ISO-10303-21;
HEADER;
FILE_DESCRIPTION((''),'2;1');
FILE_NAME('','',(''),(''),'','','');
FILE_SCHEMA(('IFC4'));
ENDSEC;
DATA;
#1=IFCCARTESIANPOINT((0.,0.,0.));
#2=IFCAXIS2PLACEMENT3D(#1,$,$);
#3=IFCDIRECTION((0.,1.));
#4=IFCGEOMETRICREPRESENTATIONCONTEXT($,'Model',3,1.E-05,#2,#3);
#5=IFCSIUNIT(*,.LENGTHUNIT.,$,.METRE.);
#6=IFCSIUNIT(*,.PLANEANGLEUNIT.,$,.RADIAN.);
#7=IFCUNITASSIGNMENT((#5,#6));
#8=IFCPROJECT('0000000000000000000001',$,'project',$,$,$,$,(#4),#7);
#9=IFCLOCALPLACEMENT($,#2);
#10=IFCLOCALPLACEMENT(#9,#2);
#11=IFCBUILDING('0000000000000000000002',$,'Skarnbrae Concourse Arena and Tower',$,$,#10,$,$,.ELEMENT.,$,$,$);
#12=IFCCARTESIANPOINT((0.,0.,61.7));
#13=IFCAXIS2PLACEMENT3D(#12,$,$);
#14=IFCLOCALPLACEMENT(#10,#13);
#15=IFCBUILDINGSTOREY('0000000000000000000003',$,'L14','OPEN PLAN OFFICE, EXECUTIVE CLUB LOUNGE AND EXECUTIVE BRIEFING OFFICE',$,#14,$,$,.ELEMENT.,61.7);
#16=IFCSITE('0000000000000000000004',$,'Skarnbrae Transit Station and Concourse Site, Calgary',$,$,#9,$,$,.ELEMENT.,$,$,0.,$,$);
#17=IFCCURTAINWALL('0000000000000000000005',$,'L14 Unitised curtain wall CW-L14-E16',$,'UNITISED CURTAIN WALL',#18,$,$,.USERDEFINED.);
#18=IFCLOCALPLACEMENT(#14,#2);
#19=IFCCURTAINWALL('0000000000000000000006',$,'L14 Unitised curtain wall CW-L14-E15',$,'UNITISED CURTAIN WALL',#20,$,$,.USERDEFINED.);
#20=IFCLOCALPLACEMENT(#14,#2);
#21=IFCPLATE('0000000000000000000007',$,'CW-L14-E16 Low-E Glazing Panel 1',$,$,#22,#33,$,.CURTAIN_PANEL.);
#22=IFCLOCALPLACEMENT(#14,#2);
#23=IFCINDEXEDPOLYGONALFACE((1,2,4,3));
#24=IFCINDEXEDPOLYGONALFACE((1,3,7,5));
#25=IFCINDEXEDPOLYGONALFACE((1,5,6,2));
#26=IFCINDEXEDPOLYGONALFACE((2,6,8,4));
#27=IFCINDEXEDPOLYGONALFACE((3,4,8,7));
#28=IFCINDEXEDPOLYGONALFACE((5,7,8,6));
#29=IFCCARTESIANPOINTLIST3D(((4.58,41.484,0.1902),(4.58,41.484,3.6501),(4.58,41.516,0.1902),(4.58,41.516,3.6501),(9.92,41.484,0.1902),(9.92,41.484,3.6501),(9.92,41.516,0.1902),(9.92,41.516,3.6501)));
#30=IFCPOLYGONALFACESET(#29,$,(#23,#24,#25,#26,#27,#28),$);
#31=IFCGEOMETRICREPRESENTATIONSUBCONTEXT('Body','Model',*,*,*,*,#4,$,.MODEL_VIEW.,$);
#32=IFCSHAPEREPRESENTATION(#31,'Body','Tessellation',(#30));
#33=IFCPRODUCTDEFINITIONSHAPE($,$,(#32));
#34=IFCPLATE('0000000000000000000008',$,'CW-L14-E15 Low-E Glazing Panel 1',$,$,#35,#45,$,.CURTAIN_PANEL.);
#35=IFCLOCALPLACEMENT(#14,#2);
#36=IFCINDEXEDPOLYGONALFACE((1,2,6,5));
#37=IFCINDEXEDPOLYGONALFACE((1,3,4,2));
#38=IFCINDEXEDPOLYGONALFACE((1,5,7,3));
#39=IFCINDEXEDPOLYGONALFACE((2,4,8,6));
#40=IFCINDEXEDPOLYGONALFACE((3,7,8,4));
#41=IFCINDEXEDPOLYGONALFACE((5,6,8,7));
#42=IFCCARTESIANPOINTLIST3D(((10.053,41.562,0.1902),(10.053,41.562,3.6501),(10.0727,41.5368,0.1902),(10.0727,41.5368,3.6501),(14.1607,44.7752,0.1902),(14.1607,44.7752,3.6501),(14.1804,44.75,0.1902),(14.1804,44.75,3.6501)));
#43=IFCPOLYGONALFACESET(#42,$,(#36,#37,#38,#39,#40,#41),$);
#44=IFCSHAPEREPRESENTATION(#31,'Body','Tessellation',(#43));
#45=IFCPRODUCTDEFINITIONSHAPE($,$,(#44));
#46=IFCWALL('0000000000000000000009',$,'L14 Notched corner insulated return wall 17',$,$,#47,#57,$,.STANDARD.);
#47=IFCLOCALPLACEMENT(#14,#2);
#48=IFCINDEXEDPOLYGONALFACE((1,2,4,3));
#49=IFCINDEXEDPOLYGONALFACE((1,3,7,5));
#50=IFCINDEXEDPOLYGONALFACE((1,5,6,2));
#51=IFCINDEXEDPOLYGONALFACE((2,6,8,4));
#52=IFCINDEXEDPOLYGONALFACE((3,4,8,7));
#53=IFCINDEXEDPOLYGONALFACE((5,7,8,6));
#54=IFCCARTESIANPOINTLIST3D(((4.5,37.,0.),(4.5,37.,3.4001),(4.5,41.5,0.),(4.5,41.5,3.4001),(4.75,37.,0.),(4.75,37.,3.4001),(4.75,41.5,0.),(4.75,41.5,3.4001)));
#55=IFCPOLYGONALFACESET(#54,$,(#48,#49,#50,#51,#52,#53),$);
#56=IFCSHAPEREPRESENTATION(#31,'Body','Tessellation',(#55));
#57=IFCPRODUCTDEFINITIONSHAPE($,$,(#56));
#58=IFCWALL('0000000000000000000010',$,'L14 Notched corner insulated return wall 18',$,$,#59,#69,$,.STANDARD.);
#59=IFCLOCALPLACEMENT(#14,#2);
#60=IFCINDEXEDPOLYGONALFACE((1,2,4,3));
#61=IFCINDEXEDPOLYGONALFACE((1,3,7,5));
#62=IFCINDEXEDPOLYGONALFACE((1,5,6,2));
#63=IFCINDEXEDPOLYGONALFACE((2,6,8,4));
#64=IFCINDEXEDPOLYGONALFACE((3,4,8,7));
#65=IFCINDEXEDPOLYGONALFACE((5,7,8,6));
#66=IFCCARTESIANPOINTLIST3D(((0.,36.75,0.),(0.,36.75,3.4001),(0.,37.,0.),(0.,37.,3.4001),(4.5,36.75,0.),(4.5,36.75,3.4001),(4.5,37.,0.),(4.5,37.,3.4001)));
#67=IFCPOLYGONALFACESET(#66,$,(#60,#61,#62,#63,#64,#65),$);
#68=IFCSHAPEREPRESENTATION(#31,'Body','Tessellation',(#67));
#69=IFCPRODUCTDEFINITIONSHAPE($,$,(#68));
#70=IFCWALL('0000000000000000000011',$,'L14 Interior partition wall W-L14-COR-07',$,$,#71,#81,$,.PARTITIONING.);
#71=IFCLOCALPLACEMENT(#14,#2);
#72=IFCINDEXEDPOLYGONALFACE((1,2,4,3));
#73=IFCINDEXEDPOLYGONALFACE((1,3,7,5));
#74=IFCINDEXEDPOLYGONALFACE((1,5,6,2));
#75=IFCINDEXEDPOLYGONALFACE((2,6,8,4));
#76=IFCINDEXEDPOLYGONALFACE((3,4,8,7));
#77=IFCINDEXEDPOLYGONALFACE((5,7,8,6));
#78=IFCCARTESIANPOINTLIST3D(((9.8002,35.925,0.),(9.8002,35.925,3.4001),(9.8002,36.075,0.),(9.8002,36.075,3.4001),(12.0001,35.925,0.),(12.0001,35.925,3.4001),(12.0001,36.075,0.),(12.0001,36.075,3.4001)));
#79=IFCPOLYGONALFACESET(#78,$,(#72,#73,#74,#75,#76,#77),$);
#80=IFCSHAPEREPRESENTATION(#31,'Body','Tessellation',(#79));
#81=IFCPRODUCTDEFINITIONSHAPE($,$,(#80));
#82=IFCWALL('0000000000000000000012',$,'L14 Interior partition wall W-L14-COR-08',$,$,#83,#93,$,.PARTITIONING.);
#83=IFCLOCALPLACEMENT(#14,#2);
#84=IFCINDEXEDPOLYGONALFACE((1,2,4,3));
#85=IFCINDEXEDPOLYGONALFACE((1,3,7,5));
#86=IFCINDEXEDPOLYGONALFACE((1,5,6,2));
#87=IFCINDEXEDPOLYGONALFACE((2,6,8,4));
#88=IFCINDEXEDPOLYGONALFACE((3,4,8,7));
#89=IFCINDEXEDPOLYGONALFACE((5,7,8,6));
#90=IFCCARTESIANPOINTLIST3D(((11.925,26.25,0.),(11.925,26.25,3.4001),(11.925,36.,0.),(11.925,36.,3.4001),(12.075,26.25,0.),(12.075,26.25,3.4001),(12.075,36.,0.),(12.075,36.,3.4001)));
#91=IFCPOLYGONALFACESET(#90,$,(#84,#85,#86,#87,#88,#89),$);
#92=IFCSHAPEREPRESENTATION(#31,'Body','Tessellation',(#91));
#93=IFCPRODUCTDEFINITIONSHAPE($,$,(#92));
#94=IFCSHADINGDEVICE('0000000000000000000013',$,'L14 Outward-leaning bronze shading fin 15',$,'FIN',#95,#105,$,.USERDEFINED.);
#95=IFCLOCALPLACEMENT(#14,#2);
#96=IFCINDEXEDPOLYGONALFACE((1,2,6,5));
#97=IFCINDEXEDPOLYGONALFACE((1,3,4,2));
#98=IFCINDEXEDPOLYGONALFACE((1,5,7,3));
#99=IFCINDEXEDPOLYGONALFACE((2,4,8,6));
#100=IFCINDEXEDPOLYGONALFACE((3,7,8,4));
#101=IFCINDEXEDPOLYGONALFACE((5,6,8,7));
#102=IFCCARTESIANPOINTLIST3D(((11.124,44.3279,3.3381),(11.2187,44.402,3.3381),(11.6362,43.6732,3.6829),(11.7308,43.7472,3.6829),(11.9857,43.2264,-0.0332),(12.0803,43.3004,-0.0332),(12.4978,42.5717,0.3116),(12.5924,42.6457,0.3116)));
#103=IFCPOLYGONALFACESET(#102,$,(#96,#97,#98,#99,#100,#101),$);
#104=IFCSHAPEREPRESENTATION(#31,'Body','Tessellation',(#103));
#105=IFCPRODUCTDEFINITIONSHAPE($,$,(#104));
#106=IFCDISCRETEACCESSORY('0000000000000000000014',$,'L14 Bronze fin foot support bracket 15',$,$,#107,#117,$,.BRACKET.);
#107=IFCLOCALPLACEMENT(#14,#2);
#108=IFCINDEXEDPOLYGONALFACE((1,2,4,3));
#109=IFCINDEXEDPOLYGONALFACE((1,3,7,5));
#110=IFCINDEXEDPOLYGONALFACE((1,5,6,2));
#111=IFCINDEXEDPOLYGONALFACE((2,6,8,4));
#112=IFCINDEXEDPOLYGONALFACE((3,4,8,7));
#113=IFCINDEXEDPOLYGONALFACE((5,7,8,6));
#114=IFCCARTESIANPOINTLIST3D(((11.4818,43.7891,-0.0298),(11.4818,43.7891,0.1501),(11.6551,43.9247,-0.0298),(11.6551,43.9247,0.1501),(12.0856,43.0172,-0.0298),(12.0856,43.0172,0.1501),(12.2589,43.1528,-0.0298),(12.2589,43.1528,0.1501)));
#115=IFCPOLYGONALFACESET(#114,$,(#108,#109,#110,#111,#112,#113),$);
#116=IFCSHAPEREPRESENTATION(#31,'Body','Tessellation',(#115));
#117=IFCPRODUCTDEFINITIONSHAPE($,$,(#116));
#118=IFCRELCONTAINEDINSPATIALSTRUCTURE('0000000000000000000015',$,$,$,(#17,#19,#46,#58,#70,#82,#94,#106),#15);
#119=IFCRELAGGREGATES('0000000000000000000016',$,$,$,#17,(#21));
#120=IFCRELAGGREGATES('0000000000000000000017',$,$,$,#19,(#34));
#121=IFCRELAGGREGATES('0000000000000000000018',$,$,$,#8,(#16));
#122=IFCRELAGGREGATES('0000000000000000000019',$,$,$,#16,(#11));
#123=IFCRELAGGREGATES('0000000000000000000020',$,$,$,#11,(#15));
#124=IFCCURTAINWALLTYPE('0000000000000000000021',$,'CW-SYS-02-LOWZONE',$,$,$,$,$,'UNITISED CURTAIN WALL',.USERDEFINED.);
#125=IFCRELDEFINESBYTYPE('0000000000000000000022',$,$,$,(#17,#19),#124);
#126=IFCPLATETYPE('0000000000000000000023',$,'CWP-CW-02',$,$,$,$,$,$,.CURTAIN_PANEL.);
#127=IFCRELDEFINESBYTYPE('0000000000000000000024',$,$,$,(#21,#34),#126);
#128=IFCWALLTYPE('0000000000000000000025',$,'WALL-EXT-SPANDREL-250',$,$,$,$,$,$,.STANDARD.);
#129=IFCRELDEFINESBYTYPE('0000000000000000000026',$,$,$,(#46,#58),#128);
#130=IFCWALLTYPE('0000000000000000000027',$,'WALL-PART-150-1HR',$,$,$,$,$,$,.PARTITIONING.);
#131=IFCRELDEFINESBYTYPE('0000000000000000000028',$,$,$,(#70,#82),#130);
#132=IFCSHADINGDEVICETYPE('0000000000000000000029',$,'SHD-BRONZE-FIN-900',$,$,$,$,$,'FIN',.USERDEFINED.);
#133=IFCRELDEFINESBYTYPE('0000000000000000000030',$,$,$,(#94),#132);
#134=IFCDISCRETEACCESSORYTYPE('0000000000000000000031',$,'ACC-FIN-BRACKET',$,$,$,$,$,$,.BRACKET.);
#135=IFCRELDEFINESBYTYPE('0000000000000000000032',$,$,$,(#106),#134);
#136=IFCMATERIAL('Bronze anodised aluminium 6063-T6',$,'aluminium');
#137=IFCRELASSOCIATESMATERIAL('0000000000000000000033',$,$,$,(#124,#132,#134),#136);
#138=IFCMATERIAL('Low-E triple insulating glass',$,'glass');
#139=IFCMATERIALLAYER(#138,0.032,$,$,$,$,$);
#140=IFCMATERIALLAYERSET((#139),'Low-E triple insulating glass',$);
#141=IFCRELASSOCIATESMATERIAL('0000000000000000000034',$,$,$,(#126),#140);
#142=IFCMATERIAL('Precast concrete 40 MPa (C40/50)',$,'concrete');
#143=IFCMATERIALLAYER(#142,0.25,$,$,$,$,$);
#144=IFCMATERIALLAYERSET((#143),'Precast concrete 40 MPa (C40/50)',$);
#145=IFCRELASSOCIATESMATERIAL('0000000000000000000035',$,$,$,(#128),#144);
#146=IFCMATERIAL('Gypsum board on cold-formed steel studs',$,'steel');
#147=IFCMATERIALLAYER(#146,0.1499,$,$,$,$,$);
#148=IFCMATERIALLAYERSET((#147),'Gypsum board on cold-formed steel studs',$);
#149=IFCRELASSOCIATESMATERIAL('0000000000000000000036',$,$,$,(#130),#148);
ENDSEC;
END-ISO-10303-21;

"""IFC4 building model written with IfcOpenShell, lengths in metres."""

from ifc_helpers import new_model, si_unit, direction, frame, frame_2d, origin, origin_2d, place, context, subcontext, project, spatial, rectangle, extrude, source, transform, mapped, material, layer, layer_set, type_object, element, aggregate, save


model = new_model("IFC4")

# Units and contexts
model_context = context("Model", 3, precision=1e-05, world=origin(), true_north=direction((0.0, 1.0)))
body_context = subcontext(model_context, "Body", "Model", "MODEL_VIEW")
ifc_project = project(units=[si_unit("LENGTHUNIT", "METRE"), si_unit("PLANEANGLEUNIT", "RADIAN")], contexts=[model_context])

# Site, building, storey
site_placement = place(None, origin())
site = spatial("IfcSite", under=ifc_project, at=site_placement, Name="Skarnbrae Transit Station and Concourse Site, Calgary", CompositionType="ELEMENT", RefElevation=0.0)
building_placement = place(site_placement, origin())
building = spatial("IfcBuilding", under=site, at=building_placement, Name="Skarnbrae Concourse Arena and Tower", CompositionType="ELEMENT")
storey_placement = place(building_placement, frame((0.0, 0.0, 61.7)))
storey = spatial("IfcBuildingStorey", under=building, at=storey_placement, Name="L14", Description="OPEN PLAN OFFICE, EXECUTIVE CLUB LOUNGE AND EXECUTIVE BRIEFING OFFICE", CompositionType="ELEMENT", Elevation=61.7)

# Curtain walls
ifc_material_1 = material(Name="Bronze anodised aluminium 6063-T6", Category="aluminium")
curtain_wall_type = type_object("IfcCurtainWallType", Name="CW-SYS-02-LOWZONE", ElementType="UNITISED CURTAIN WALL", PredefinedType="USERDEFINED", material=ifc_material_1)
curtain_wall_1_placement = place(storey_placement, origin())
curtain_wall_1 = element("IfcCurtainWall", 1, at=curtain_wall_1_placement, inside=storey, type_object=curtain_wall_type, Name="L14 Unitised curtain wall CW-L14-E16", ObjectType="UNITISED CURTAIN WALL", PredefinedType="USERDEFINED")
curtain_wall_2_placement = place(storey_placement, origin())
curtain_wall_2 = element("IfcCurtainWall", 2, at=curtain_wall_2_placement, inside=storey, type_object=curtain_wall_type, Name="L14 Unitised curtain wall CW-L14-E15", ObjectType="UNITISED CURTAIN WALL", PredefinedType="USERDEFINED")

# Plates
ifc_material_2 = material(Name="Low-E triple insulating glass", Category="glass")
ifc_layer_1 = layer(ifc_material_2, 0.032)
ifc_layer_set_1 = layer_set([ifc_layer_1], Name="Low-E triple insulating glass")
plate_type = type_object("IfcPlateType", Name="CWP-CW-02", PredefinedType="CURTAIN_PANEL", material=ifc_layer_set_1)
shared_shape_1 = source(origin(), body_context, "Body", "SweptSolid", [
    extrude(rectangle(XDim=5.3401, YDim=0.032, at=origin_2d()), origin(), (0.0, 0.0, 1.0), 3.46),
])
plate_1_placement = place(storey_placement, frame((7.25, 41.5, 0.1902), z_axis=(0.0, 0.0, 1.0), x_axis=(-1.0, 0.0, 0.0)))
plate_1 = element("IfcPlate", 3, at=plate_1_placement, type_object=plate_type, Name="CW-L14-E16 Low-E Glazing Panel 1", PredefinedType="CURTAIN_PANEL", context=body_context, shape_type="MappedRepresentation", body=[
    mapped(shared_shape_1, transform((0.0, 0.0, 0.0))),
])
aggregate(curtain_wall_1, [plate_1])
shared_shape_2 = source(origin(), body_context, "Body", "SweptSolid", [
    extrude(rectangle(XDim=5.2151, YDim=0.032, at=origin_2d()), origin(), (0.0, 0.0, 1.0), 3.46),
])
plate_2_placement = place(storey_placement, frame((12.1167, 43.156, 0.1902), z_axis=(0.0, 0.0, 1.0), x_axis=(-0.787652, -0.616121, 0.0)))
plate_2 = element("IfcPlate", 4, at=plate_2_placement, type_object=plate_type, Name="CW-L14-E15 Low-E Glazing Panel 1", PredefinedType="CURTAIN_PANEL", context=body_context, shape_type="MappedRepresentation", body=[
    mapped(shared_shape_2, transform((0.0, 0.0, 0.0))),
])
aggregate(curtain_wall_2, [plate_2])

# Walls
ifc_material_3 = material(Name="Precast concrete 40 MPa (C40/50)", Category="concrete")
ifc_layer_2 = layer(ifc_material_3, 0.25)
ifc_layer_set_2 = layer_set([ifc_layer_2], Name="Precast concrete 40 MPa (C40/50)")
wall_type_1 = type_object("IfcWallType", Name="WALL-EXT-SPANDREL-250", PredefinedType="STANDARD", material=ifc_layer_set_2)
shared_shape_3 = source(origin(), body_context, "Body", "SweptSolid", [
    extrude(rectangle(XDim=4.5, YDim=0.25, at=frame_2d((2.25, 0.0))), origin(), (0.0, 0.0, 1.0), 3.4001),
])
for number, where, z_axis, x_axis, name in (
    (5, (4.625, 41.5, 0.0), (0.0, 0.0, 1.0), (0.0, -1.0, 0.0), "L14 Notched corner insulated return wall 17"),
    (6, (4.5, 36.875, 0.0), (0.0, 0.0, 1.0), (-1.0, 0.0, 0.0), "L14 Notched corner insulated return wall 18"),
):
    element("IfcWall", number, at=place(storey_placement, frame(where, z_axis=z_axis, x_axis=x_axis)), inside=storey, type_object=wall_type_1, Name=name, PredefinedType="STANDARD", context=body_context, shape_type="MappedRepresentation", body=[
        mapped(shared_shape_3, transform((0.0, 0.0, 0.0))),
    ])
ifc_material_4 = material(Name="Gypsum board on cold-formed steel studs", Category="steel")
ifc_layer_3 = layer(ifc_material_4, 0.1499)
ifc_layer_set_3 = layer_set([ifc_layer_3], Name="Gypsum board on cold-formed steel studs")
wall_type_2 = type_object("IfcWallType", Name="WALL-PART-150-1HR", PredefinedType="PARTITIONING", material=ifc_layer_set_3)
shared_shape_4 = source(origin(), body_context, "Body", "SweptSolid", [
    extrude(rectangle(XDim=2.2, YDim=0.1499, at=frame_2d((1.1001, 0.0))), origin(), (0.0, 0.0, 1.0), 3.4001),
])
wall_1_placement = place(storey_placement, frame((9.8, 36.0, 0.0), z_axis=(0.0, 0.0, 1.0), x_axis=(1.0, 0.0, 0.0)))
element("IfcWall", 7, at=wall_1_placement, inside=storey, type_object=wall_type_2, Name="L14 Interior partition wall W-L14-COR-07", PredefinedType="PARTITIONING", context=body_context, shape_type="MappedRepresentation", body=[
    mapped(shared_shape_4, transform((0.0, 0.0, 0.0))),
])
shared_shape_5 = source(origin(), body_context, "Body", "SweptSolid", [
    extrude(rectangle(XDim=9.75, YDim=0.1499, at=frame_2d((4.875, 0.0))), origin(), (0.0, 0.0, 1.0), 3.4001),
])
wall_2_placement = place(storey_placement, frame((12.0, 36.0, 0.0), z_axis=(0.0, 0.0, 1.0), x_axis=(0.0, -1.0, 0.0)))
element("IfcWall", 8, at=wall_2_placement, inside=storey, type_object=wall_type_2, Name="L14 Interior partition wall W-L14-COR-08", PredefinedType="PARTITIONING", context=body_context, shape_type="MappedRepresentation", body=[
    mapped(shared_shape_5, transform((0.0, 0.0, 0.0))),
])

# Shading device
shading_device_type = type_object("IfcShadingDeviceType", Name="SHD-BRONZE-FIN-900", ElementType="FIN", PredefinedType="USERDEFINED", material=ifc_material_1)
shared_shape_6 = source(origin(), body_context, "Body", "SweptSolid", [
    extrude(rectangle(XDim=0.1201, YDim=0.8999, at=origin_2d()), origin(), (0.0, 0.0, 1.0), 3.6499),
])
shading_device_placement = place(storey_placement, frame((12.2891, 42.936, 0.1392), z_axis=(-0.236075, 0.301804, 0.923679), x_axis=(0.787656, 0.616115, 0.0)))
element("IfcShadingDevice", 9, at=shading_device_placement, inside=storey, type_object=shading_device_type, Name="L14 Outward-leaning bronze shading fin 15", ObjectType="FIN", PredefinedType="USERDEFINED", context=body_context, shape_type="MappedRepresentation", body=[
    mapped(shared_shape_6, transform((0.0, 0.0, 0.0))),
])

# Discrete accessory
discrete_accessory_type = type_object("IfcDiscreteAccessoryType", Name="ACC-FIN-BRACKET", PredefinedType="BRACKET", material=ifc_material_1)
shared_shape_7 = source(origin(), body_context, "Body", "SweptSolid", [
    extrude(rectangle(XDim=0.22, YDim=0.98, at=origin_2d()), origin(), (0.0, 0.0, 1.0), 0.1799),
])
discrete_accessory_placement = place(storey_placement, frame((11.8704, 43.4709, -0.0298), z_axis=(0.0, 0.0, 1.0), x_axis=(0.787656, 0.616115, 0.0)))
element("IfcDiscreteAccessory", 10, at=discrete_accessory_placement, inside=storey, type_object=discrete_accessory_type, Name="L14 Bronze fin foot support bracket 15", PredefinedType="BRACKET", context=body_context, shape_type="MappedRepresentation", body=[
    mapped(shared_shape_7, transform((0.0, 0.0, 0.0))),
])

save(model, "model.ifc")
